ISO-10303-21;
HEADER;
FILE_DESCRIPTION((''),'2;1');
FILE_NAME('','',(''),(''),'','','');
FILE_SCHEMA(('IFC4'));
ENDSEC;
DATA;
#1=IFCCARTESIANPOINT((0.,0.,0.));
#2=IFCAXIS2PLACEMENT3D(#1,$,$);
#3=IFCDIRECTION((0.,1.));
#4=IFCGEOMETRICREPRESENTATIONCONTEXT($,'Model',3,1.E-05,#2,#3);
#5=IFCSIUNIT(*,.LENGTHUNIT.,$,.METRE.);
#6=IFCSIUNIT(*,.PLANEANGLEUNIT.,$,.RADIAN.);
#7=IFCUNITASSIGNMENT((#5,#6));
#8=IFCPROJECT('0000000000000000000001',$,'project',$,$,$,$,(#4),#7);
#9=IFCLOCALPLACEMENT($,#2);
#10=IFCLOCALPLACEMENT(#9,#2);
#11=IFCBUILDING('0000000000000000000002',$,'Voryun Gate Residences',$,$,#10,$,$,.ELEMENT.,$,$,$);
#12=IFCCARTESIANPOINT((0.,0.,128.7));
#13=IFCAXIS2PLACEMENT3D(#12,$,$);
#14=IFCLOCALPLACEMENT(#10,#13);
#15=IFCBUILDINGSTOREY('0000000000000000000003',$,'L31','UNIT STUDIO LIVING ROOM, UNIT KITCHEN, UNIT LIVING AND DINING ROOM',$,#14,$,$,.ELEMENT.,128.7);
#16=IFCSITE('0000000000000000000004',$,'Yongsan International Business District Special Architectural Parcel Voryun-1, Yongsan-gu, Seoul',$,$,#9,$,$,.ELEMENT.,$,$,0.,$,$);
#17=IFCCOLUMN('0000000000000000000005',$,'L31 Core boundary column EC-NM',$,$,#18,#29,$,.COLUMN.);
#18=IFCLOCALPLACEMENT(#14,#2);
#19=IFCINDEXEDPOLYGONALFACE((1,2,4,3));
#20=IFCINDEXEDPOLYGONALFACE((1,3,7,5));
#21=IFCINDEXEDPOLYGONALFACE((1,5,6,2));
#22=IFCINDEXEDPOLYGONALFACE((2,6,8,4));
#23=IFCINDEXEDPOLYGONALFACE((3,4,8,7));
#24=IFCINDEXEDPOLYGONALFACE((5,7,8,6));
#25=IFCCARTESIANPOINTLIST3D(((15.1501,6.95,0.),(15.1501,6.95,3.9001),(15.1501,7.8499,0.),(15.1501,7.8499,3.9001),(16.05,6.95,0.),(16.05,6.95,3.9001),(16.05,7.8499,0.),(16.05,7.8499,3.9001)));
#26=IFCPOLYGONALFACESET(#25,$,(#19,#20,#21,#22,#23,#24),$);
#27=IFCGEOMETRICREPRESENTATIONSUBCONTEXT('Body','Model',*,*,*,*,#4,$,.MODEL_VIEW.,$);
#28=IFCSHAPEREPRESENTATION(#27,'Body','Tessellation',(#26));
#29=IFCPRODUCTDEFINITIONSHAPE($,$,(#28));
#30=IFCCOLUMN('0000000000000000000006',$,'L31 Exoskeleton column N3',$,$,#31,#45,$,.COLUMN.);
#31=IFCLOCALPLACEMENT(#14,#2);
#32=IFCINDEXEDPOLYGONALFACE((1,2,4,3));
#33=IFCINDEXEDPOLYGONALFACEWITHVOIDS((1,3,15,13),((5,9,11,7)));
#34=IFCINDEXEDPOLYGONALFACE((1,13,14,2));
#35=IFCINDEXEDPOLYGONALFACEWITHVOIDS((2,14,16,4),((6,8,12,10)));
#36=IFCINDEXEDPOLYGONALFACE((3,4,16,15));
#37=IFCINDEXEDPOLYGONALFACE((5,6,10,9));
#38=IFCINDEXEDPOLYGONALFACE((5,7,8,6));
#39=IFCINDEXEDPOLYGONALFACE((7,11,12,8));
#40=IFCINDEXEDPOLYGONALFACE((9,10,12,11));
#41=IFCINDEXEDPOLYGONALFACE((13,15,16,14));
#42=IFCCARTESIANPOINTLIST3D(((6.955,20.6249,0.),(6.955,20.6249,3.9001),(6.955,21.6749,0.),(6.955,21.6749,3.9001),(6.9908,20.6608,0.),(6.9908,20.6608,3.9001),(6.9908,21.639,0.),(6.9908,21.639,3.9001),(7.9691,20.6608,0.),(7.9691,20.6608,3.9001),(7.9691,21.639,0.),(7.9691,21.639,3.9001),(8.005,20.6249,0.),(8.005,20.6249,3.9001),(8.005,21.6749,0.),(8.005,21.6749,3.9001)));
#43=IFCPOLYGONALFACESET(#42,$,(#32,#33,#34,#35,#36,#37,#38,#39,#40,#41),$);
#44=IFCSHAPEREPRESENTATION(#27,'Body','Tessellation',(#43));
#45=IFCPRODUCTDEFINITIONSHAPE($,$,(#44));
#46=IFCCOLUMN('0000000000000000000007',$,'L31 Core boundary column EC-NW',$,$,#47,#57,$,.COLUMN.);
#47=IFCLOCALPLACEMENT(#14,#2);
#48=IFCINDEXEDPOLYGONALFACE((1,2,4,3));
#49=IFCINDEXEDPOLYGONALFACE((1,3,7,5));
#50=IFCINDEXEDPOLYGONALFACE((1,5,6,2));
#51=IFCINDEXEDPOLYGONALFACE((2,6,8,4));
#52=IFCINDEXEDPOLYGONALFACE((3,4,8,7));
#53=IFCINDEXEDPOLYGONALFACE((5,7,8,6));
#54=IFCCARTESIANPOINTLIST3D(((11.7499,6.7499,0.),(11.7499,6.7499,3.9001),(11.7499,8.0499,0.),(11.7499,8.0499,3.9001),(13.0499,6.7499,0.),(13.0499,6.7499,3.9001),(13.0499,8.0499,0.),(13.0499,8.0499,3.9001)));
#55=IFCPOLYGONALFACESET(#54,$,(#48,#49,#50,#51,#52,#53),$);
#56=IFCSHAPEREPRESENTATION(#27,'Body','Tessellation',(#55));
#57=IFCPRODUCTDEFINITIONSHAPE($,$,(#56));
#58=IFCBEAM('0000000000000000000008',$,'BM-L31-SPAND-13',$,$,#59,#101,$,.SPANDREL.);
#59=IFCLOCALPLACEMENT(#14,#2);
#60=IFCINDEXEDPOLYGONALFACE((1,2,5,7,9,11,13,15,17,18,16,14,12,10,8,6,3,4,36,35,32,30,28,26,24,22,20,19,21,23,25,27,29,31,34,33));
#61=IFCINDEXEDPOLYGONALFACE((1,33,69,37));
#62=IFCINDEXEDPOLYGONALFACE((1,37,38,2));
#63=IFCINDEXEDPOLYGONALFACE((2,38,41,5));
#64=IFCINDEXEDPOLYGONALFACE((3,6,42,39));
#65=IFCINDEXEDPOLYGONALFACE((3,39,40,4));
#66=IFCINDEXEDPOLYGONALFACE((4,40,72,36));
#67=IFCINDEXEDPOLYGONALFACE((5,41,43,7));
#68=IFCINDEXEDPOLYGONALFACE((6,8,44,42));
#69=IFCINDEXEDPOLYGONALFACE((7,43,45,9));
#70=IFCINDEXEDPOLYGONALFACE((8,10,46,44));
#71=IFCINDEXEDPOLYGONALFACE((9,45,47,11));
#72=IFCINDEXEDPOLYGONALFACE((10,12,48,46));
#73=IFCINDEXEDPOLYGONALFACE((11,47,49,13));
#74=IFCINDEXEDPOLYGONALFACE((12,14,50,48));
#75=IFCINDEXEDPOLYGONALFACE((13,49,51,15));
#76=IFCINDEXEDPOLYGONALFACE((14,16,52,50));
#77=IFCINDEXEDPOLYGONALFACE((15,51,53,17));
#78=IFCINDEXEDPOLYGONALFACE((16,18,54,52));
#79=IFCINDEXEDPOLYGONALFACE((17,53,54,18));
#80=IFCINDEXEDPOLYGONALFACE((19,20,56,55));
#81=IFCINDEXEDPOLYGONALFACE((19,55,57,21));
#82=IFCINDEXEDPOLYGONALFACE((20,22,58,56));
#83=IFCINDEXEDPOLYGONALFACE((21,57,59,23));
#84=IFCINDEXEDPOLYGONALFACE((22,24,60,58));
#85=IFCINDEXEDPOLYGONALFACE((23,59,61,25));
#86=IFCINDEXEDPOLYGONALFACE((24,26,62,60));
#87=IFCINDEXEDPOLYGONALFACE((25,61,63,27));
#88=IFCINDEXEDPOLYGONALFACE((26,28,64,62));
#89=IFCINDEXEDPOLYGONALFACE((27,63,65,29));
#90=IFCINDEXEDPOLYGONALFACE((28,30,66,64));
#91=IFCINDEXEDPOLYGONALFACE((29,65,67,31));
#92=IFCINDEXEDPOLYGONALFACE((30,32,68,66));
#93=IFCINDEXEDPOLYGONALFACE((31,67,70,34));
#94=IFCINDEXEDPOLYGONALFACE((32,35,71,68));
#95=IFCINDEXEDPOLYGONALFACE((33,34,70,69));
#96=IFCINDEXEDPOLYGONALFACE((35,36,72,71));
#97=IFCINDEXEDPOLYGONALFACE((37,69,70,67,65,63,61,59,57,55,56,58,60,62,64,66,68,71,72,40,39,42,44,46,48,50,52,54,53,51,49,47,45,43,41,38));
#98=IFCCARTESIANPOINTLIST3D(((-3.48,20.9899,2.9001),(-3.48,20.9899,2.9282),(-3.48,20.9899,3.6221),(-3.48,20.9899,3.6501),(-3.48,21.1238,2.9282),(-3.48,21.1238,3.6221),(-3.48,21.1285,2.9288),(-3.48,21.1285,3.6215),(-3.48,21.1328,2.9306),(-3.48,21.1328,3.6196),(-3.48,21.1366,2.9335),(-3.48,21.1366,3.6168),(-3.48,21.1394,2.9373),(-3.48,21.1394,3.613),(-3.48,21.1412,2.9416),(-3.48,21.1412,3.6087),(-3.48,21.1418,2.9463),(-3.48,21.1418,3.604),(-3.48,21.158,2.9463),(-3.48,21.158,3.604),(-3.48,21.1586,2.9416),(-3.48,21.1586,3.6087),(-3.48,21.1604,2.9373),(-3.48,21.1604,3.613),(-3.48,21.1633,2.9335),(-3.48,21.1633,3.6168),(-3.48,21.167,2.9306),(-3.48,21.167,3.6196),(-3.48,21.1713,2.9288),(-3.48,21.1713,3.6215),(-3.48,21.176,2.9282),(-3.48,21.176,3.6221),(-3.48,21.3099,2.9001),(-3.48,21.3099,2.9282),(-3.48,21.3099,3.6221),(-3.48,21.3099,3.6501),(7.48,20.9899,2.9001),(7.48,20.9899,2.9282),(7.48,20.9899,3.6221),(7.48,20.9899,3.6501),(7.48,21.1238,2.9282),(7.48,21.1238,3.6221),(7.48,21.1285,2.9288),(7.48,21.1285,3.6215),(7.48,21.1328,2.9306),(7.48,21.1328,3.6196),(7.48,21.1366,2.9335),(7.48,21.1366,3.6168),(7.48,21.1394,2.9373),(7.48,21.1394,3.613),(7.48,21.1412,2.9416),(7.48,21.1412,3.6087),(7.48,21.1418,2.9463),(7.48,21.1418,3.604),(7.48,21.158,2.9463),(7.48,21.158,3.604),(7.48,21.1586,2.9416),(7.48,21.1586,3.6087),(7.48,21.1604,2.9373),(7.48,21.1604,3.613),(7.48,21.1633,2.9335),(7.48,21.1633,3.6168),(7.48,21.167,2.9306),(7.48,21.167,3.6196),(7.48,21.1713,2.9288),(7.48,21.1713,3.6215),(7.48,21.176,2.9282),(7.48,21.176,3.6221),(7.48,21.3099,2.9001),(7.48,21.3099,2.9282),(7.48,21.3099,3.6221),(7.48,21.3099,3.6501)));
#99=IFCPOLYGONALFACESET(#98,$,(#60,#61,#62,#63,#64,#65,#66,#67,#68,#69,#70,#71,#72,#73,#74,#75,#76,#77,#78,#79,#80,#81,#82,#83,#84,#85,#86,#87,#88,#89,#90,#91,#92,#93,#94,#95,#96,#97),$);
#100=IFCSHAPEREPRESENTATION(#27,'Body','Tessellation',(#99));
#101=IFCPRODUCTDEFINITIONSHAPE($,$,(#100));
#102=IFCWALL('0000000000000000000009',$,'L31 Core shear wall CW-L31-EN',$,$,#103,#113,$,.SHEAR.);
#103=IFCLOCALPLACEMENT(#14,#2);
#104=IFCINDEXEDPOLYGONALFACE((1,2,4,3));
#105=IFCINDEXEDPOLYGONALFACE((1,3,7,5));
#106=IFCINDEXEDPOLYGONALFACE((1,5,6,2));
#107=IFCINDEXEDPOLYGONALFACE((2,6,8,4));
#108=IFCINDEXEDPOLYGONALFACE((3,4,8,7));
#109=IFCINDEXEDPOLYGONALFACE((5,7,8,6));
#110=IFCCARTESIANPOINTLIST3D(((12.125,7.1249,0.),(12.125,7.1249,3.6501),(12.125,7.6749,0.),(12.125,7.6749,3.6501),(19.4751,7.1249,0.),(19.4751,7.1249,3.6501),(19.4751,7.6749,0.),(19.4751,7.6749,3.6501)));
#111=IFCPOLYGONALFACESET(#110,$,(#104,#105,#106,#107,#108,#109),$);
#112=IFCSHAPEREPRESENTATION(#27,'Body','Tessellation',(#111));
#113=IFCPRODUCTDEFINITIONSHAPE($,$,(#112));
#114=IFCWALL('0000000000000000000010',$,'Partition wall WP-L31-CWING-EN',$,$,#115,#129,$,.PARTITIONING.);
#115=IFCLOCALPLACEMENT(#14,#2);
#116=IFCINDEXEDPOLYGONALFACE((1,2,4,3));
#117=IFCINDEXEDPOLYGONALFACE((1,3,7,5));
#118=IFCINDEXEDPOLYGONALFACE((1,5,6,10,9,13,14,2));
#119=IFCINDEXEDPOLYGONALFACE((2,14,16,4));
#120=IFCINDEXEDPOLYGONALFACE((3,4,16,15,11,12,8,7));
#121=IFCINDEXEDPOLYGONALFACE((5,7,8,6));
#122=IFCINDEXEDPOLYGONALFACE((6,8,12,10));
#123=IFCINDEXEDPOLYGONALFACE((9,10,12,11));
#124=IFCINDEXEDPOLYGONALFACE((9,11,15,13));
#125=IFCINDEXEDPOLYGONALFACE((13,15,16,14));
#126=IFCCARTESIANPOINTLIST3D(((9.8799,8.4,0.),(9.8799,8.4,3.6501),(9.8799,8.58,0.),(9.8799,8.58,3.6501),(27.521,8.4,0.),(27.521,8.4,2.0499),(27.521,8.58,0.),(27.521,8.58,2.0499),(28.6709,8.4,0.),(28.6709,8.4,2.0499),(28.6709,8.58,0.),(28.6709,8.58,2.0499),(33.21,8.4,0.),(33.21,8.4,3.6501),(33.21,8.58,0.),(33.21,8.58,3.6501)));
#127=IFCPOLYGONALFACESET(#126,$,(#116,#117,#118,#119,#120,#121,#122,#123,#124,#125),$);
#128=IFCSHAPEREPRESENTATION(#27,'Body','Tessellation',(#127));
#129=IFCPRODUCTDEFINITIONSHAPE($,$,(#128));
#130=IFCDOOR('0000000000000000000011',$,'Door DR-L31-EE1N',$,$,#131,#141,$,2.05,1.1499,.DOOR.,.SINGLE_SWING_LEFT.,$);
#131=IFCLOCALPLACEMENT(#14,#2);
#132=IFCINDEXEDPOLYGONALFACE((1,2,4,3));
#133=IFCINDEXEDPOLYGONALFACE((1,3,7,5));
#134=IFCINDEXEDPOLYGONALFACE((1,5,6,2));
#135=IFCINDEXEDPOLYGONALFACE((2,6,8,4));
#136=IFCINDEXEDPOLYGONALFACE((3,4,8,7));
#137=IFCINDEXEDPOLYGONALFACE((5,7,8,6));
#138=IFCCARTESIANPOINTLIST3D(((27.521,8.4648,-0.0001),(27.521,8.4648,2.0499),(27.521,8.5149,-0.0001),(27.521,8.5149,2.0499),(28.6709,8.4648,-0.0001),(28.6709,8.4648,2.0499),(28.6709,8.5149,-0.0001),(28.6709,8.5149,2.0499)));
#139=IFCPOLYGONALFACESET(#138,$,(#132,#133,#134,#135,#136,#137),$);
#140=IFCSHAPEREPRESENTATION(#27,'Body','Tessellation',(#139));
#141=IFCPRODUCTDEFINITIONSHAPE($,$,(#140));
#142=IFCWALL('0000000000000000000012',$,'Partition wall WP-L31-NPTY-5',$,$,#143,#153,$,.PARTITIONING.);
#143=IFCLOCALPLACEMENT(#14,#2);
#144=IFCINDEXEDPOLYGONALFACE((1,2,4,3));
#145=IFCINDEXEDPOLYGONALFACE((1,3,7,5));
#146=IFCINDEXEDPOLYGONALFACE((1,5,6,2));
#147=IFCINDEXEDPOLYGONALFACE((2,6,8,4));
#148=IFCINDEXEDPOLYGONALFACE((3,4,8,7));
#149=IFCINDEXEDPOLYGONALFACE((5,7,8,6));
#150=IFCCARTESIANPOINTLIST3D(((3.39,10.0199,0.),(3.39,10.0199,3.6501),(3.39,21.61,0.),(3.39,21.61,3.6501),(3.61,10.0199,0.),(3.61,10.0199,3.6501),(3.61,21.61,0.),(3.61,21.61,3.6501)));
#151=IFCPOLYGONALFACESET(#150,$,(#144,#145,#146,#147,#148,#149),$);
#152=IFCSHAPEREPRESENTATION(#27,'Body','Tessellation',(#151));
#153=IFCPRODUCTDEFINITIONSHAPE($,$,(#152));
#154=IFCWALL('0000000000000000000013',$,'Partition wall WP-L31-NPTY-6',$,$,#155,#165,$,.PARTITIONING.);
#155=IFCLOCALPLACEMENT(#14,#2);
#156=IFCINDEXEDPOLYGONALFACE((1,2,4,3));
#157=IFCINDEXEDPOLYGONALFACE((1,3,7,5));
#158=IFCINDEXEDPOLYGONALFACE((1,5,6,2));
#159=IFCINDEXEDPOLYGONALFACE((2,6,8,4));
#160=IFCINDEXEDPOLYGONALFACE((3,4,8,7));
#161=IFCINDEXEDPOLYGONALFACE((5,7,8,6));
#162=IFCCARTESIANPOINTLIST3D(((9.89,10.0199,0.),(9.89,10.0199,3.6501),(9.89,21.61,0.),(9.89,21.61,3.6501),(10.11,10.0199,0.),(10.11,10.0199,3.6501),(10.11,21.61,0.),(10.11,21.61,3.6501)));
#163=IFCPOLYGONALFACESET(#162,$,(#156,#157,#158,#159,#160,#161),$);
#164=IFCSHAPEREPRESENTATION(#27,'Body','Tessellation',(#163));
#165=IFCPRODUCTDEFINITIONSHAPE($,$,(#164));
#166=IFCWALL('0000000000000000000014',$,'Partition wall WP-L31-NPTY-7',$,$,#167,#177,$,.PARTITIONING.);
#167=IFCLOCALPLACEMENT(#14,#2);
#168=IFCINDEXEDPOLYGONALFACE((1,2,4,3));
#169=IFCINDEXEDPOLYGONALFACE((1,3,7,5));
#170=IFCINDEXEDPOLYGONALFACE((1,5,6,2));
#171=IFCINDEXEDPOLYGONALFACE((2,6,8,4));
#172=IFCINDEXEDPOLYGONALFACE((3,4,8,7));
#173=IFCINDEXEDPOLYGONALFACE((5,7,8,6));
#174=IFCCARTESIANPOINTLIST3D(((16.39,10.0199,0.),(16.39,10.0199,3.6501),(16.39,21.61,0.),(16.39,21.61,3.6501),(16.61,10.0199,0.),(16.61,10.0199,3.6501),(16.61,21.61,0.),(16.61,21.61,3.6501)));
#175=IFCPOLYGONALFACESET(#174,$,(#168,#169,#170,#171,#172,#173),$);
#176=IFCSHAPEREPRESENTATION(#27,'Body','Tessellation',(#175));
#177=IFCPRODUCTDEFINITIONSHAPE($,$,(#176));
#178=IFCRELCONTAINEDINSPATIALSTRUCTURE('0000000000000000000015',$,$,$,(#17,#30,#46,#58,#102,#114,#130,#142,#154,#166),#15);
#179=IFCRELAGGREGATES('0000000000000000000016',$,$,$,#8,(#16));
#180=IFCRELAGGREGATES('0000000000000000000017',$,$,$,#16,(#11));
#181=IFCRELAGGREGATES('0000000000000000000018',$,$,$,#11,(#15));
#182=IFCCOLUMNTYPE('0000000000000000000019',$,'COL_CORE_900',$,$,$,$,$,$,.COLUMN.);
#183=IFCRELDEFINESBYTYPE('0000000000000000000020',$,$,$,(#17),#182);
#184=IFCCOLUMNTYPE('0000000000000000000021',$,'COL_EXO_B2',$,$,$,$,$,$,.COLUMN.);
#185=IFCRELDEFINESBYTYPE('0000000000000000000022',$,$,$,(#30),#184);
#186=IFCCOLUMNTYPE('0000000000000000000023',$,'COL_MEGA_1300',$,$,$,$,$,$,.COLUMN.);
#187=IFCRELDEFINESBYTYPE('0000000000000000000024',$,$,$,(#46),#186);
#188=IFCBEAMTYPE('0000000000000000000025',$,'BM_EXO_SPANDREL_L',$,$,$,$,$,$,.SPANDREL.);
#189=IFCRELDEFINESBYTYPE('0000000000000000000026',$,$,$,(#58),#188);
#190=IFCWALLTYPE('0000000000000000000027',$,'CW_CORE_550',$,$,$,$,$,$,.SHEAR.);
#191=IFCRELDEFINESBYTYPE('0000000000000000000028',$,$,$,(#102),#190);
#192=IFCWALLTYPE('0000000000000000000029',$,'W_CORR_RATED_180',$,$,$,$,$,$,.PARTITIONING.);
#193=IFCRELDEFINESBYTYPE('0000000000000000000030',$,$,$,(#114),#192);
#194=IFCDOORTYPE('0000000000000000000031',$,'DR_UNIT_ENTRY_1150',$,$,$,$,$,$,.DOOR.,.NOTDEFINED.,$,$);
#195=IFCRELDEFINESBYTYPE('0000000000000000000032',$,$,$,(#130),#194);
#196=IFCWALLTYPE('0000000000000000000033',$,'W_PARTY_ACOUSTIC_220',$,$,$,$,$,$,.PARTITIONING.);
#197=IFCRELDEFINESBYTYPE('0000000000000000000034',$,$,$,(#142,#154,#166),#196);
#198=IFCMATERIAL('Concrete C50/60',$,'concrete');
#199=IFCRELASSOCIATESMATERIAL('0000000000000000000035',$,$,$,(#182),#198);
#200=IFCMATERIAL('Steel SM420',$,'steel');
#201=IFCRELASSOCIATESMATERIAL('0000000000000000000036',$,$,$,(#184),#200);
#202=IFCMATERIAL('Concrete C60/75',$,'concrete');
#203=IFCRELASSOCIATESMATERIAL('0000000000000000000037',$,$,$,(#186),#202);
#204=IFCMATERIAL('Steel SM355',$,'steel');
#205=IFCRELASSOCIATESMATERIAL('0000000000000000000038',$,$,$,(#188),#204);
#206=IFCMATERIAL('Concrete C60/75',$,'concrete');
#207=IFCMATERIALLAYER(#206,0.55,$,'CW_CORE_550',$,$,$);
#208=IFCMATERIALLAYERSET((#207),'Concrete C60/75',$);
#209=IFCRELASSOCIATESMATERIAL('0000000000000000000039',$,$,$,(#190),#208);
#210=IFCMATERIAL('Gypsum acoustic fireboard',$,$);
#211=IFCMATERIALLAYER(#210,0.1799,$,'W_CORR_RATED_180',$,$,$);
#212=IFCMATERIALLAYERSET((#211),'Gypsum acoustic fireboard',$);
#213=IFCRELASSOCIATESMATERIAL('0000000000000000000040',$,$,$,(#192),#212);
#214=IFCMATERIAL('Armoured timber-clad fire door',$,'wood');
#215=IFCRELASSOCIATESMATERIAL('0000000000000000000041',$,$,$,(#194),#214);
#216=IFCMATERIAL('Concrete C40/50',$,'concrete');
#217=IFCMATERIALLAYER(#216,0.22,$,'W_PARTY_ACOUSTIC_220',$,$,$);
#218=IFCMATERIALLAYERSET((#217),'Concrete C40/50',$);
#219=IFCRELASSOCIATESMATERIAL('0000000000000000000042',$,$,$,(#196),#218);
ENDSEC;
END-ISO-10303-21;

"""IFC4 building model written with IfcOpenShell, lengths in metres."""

from ifc_helpers import new_model, si_unit, direction, frame, frame_2d, origin, origin_2d, place, context, subcontext, project, spatial, rectangle, hollow_rectangle, i_section, extrude, material, layer, layer_set, material_profile, profile_set, type_object, element, fill, save


model = new_model("IFC4")

# Units and contexts
model_context = context("Model", 3, precision=1e-05, world=origin(), true_north=direction((0.0, 1.0)))
body_context = subcontext(model_context, "Body", "Model", "MODEL_VIEW")
ifc_project = project(units=[si_unit("LENGTHUNIT", "METRE"), si_unit("PLANEANGLEUNIT", "RADIAN")], contexts=[model_context])

# Site, building, storey
site_placement = place(None, origin())
site = spatial("IfcSite", under=ifc_project, at=site_placement, Name="Yongsan International Business District Special Architectural Parcel Voryun-1, Yongsan-gu, Seoul", CompositionType="ELEMENT", RefElevation=0.0)
building_placement = place(site_placement, origin())
building = spatial("IfcBuilding", under=site, at=building_placement, Name="Voryun Gate Residences", CompositionType="ELEMENT")
storey_placement = place(building_placement, frame((0.0, 0.0, 128.7)))
storey = spatial("IfcBuildingStorey", under=building, at=storey_placement, Name="L31", Description="UNIT STUDIO LIVING ROOM, UNIT KITCHEN, UNIT LIVING AND DINING ROOM", CompositionType="ELEMENT", Elevation=128.7)

# Columns
ifc_material_1 = material(Name="Concrete C50/60", Category="concrete")
ifc_material_profile_1 = material_profile(ifc_material_1, rectangle(XDim=0.8999, YDim=0.8999, at=origin_2d()), Name="RC-900x900")
ifc_profile_set_1 = profile_set([ifc_material_profile_1], Name="Concrete C50/60")
column_type_1 = type_object("IfcColumnType", Name="COL_CORE_900", PredefinedType="COLUMN", material=ifc_profile_set_1)
column_1_placement = place(storey_placement, frame((15.6001, 7.3999, 0.0), z_axis=(0.0, 0.0, 1.0), x_axis=(1.0, 0.0, 0.0)))
element("IfcColumn", 1, at=column_1_placement, inside=storey, type_object=column_type_1, Name="L31 Core boundary column EC-NM", PredefinedType="COLUMN", context=body_context, shape_type="SweptSolid", body=[
    extrude(rectangle(XDim=0.8999, YDim=0.8999, at=origin_2d()), origin(), (0.0, 0.0, 1.0), 3.9001),
])
ifc_material_2 = material(Name="Steel SM420", Category="steel")
ifc_material_profile_2 = material_profile(ifc_material_2, hollow_rectangle(XDim=1.05, YDim=1.05, WallThickness=0.0359, at=origin_2d()), Name="BOX-1050x1050x36")
ifc_profile_set_2 = profile_set([ifc_material_profile_2], Name="Steel SM420")
column_type_2 = type_object("IfcColumnType", Name="COL_EXO_B2", PredefinedType="COLUMN", material=ifc_profile_set_2)
column_2_placement = place(storey_placement, frame((7.48, 21.1499, 0.0), z_axis=(0.0, 0.0, 1.0), x_axis=(1.0, 0.0, 0.0)))
element("IfcColumn", 2, at=column_2_placement, inside=storey, type_object=column_type_2, Name="L31 Exoskeleton column N3", PredefinedType="COLUMN", context=body_context, shape_type="SweptSolid", body=[
    extrude(hollow_rectangle(XDim=1.05, YDim=1.05, WallThickness=0.0359, at=origin_2d()), origin(), (0.0, 0.0, 1.0), 3.9001),
])
ifc_material_3 = material(Name="Concrete C60/75", Category="concrete")
ifc_material_profile_3 = material_profile(ifc_material_3, rectangle(XDim=1.3, YDim=1.3, at=origin_2d()), Name="RC-1300x1300")
ifc_profile_set_3 = profile_set([ifc_material_profile_3], Name="Concrete C60/75")
column_type_3 = type_object("IfcColumnType", Name="COL_MEGA_1300", PredefinedType="COLUMN", material=ifc_profile_set_3)
column_3_placement = place(storey_placement, frame((12.3999, 7.3999, 0.0), z_axis=(0.0, 0.0, 1.0), x_axis=(1.0, 0.0, 0.0)))
element("IfcColumn", 3, at=column_3_placement, inside=storey, type_object=column_type_3, Name="L31 Core boundary column EC-NW", PredefinedType="COLUMN", context=body_context, shape_type="SweptSolid", body=[
    extrude(rectangle(XDim=1.3, YDim=1.3, at=origin_2d()), origin(), (0.0, 0.0, 1.0), 3.9001),
])

# Beam
ifc_material_4 = material(Name="Steel SM355", Category="steel")
ifc_material_profile_4 = material_profile(ifc_material_4, i_section(OverallWidth=0.3201, OverallDepth=0.75, WebThickness=0.0161, FlangeThickness=0.0281, FilletRadius=0.0181, at=origin_2d()), Name="H-750x320x16x28")
ifc_profile_set_4 = profile_set([ifc_material_profile_4], Name="Steel SM355")
beam_type = type_object("IfcBeamType", Name="BM_EXO_SPANDREL_L", PredefinedType="SPANDREL", material=ifc_profile_set_4)
beam_placement = place(storey_placement, frame((7.48, 21.1499, 3.2751), z_axis=(-1.0, 0.0, 0.0), x_axis=(0.0, -1.0, 0.0)))
element("IfcBeam", 4, at=beam_placement, inside=storey, type_object=beam_type, Name="BM-L31-SPAND-13", PredefinedType="SPANDREL", context=body_context, shape_type="SweptSolid", body=[
    extrude(i_section(OverallWidth=0.3201, OverallDepth=0.75, WebThickness=0.0161, FlangeThickness=0.0281, FilletRadius=0.0181, at=origin_2d()), origin(), (0.0, 0.0, 1.0), 10.96),
])

# Wall
ifc_material_5 = material(Name="Concrete C60/75", Category="concrete")
ifc_layer_1 = layer(ifc_material_5, 0.55, Name="CW_CORE_550")
ifc_layer_set_1 = layer_set([ifc_layer_1], Name="Concrete C60/75")
wall_type_1 = type_object("IfcWallType", Name="CW_CORE_550", PredefinedType="SHEAR", material=ifc_layer_set_1)
wall_1_placement = place(storey_placement, frame((12.125, 7.3999, 0.0), z_axis=(0.0, 0.0, 1.0), x_axis=(1.0, 0.0, 0.0)))
element("IfcWall", 5, at=wall_1_placement, inside=storey, type_object=wall_type_1, Name="L31 Core shear wall CW-L31-EN", PredefinedType="SHEAR", context=body_context, shape_type="SweptSolid", body=[
    extrude(rectangle(XDim=7.3501, YDim=0.55, at=frame_2d((3.675, 0.0))), origin(), (0.0, 0.0, 1.0), 3.6501),
])

# Wall, opening, door
ifc_material_6 = material(Name="Gypsum acoustic fireboard")
ifc_layer_2 = layer(ifc_material_6, 0.1799, Name="W_CORR_RATED_180")
ifc_layer_set_2 = layer_set([ifc_layer_2], Name="Gypsum acoustic fireboard")
wall_type_2 = type_object("IfcWallType", Name="W_CORR_RATED_180", PredefinedType="PARTITIONING", material=ifc_layer_set_2)
wall_2_placement = place(storey_placement, frame((9.8799, 8.49, 0.0), z_axis=(0.0, 0.0, 1.0), x_axis=(1.0, 0.0, 0.0)))
wall_2 = element("IfcWall", 6, at=wall_2_placement, inside=storey, type_object=wall_type_2, Name="Partition wall WP-L31-CWING-EN", PredefinedType="PARTITIONING", context=body_context, shape_type="SweptSolid", body=[
    extrude(rectangle(XDim=23.3301, YDim=0.1799, at=frame_2d((11.665, 0.0))), origin(), (0.0, 0.0, 1.0), 3.6501),
])
opening_1_placement = place(wall_2_placement, frame((17.6411, 0.0, 0.0)))
opening_1 = element("IfcOpeningElement", 7, at=opening_1_placement, cuts=wall_2, PredefinedType="OPENING", context=body_context, shape_type="SweptSolid", body=[
    extrude(rectangle(XDim=1.1499, YDim=2.05, at=frame_2d((0.575, 1.0249))), frame((0.0, 0.0999, 0.0), z_axis=(0.0, -1.0, 0.0), x_axis=(1.0, 0.0, 0.0)), (0.0, 0.0, 1.0), 0.2),
])
ifc_material_7 = material(Name="Armoured timber-clad fire door", Category="wood")
door_type_1 = type_object("IfcDoorType", Name="DR_UNIT_ENTRY_1150", OperationType="NOTDEFINED", PredefinedType="DOOR", material=ifc_material_7)
door_1_placement = place(opening_1_placement, origin())
door_1 = element("IfcDoor", 8, at=door_1_placement, inside=storey, type_object=door_type_1, Name="Door DR-L31-EE1N", OperationType="SINGLE_SWING_LEFT", OverallHeight=2.05, OverallWidth=1.1499, PredefinedType="DOOR", context=body_context, shape_type="SweptSolid", body=[
    extrude(rectangle(XDim=1.1499, YDim=2.05, at=frame_2d((0.575, 1.0249))), frame((0.0, 0.0249, 0.0), z_axis=(0.0, -1.0, 0.0), x_axis=(1.0, 0.0, 0.0)), (0.0, 0.0, 1.0), 0.05),
])
fill(opening_1, door_1)

# Walls
ifc_material_8 = material(Name="Concrete C40/50", Category="concrete")
ifc_layer_3 = layer(ifc_material_8, 0.22, Name="W_PARTY_ACOUSTIC_220")
ifc_layer_set_3 = layer_set([ifc_layer_3], Name="Concrete C40/50")
wall_type_3 = type_object("IfcWallType", Name="W_PARTY_ACOUSTIC_220", PredefinedType="PARTITIONING", material=ifc_layer_set_3)
for number, where, z_axis, x_axis, name in (
    (9, (3.5, 10.02, 0.0), (0.0, 0.0, 1.0), (0.0, 1.0, 0.0), "Partition wall WP-L31-NPTY-5"),
    (10, (10.0, 10.02, 0.0), (0.0, 0.0, 1.0), (0.0, 1.0, 0.0), "Partition wall WP-L31-NPTY-6"),
    (11, (16.5, 10.02, 0.0), (0.0, 0.0, 1.0), (0.0, 1.0, 0.0), "Partition wall WP-L31-NPTY-7"),
):
    element("IfcWall", number, at=place(storey_placement, frame(where, z_axis=z_axis, x_axis=x_axis)), inside=storey, type_object=wall_type_3, Name=name, PredefinedType="PARTITIONING", context=body_context, shape_type="SweptSolid", body=[
        extrude(rectangle(XDim=11.5901, YDim=0.22, at=frame_2d((5.7949, 0.0))), origin(), (0.0, 0.0, 1.0), 3.6501),
    ])

save(model, "model.ifc")
